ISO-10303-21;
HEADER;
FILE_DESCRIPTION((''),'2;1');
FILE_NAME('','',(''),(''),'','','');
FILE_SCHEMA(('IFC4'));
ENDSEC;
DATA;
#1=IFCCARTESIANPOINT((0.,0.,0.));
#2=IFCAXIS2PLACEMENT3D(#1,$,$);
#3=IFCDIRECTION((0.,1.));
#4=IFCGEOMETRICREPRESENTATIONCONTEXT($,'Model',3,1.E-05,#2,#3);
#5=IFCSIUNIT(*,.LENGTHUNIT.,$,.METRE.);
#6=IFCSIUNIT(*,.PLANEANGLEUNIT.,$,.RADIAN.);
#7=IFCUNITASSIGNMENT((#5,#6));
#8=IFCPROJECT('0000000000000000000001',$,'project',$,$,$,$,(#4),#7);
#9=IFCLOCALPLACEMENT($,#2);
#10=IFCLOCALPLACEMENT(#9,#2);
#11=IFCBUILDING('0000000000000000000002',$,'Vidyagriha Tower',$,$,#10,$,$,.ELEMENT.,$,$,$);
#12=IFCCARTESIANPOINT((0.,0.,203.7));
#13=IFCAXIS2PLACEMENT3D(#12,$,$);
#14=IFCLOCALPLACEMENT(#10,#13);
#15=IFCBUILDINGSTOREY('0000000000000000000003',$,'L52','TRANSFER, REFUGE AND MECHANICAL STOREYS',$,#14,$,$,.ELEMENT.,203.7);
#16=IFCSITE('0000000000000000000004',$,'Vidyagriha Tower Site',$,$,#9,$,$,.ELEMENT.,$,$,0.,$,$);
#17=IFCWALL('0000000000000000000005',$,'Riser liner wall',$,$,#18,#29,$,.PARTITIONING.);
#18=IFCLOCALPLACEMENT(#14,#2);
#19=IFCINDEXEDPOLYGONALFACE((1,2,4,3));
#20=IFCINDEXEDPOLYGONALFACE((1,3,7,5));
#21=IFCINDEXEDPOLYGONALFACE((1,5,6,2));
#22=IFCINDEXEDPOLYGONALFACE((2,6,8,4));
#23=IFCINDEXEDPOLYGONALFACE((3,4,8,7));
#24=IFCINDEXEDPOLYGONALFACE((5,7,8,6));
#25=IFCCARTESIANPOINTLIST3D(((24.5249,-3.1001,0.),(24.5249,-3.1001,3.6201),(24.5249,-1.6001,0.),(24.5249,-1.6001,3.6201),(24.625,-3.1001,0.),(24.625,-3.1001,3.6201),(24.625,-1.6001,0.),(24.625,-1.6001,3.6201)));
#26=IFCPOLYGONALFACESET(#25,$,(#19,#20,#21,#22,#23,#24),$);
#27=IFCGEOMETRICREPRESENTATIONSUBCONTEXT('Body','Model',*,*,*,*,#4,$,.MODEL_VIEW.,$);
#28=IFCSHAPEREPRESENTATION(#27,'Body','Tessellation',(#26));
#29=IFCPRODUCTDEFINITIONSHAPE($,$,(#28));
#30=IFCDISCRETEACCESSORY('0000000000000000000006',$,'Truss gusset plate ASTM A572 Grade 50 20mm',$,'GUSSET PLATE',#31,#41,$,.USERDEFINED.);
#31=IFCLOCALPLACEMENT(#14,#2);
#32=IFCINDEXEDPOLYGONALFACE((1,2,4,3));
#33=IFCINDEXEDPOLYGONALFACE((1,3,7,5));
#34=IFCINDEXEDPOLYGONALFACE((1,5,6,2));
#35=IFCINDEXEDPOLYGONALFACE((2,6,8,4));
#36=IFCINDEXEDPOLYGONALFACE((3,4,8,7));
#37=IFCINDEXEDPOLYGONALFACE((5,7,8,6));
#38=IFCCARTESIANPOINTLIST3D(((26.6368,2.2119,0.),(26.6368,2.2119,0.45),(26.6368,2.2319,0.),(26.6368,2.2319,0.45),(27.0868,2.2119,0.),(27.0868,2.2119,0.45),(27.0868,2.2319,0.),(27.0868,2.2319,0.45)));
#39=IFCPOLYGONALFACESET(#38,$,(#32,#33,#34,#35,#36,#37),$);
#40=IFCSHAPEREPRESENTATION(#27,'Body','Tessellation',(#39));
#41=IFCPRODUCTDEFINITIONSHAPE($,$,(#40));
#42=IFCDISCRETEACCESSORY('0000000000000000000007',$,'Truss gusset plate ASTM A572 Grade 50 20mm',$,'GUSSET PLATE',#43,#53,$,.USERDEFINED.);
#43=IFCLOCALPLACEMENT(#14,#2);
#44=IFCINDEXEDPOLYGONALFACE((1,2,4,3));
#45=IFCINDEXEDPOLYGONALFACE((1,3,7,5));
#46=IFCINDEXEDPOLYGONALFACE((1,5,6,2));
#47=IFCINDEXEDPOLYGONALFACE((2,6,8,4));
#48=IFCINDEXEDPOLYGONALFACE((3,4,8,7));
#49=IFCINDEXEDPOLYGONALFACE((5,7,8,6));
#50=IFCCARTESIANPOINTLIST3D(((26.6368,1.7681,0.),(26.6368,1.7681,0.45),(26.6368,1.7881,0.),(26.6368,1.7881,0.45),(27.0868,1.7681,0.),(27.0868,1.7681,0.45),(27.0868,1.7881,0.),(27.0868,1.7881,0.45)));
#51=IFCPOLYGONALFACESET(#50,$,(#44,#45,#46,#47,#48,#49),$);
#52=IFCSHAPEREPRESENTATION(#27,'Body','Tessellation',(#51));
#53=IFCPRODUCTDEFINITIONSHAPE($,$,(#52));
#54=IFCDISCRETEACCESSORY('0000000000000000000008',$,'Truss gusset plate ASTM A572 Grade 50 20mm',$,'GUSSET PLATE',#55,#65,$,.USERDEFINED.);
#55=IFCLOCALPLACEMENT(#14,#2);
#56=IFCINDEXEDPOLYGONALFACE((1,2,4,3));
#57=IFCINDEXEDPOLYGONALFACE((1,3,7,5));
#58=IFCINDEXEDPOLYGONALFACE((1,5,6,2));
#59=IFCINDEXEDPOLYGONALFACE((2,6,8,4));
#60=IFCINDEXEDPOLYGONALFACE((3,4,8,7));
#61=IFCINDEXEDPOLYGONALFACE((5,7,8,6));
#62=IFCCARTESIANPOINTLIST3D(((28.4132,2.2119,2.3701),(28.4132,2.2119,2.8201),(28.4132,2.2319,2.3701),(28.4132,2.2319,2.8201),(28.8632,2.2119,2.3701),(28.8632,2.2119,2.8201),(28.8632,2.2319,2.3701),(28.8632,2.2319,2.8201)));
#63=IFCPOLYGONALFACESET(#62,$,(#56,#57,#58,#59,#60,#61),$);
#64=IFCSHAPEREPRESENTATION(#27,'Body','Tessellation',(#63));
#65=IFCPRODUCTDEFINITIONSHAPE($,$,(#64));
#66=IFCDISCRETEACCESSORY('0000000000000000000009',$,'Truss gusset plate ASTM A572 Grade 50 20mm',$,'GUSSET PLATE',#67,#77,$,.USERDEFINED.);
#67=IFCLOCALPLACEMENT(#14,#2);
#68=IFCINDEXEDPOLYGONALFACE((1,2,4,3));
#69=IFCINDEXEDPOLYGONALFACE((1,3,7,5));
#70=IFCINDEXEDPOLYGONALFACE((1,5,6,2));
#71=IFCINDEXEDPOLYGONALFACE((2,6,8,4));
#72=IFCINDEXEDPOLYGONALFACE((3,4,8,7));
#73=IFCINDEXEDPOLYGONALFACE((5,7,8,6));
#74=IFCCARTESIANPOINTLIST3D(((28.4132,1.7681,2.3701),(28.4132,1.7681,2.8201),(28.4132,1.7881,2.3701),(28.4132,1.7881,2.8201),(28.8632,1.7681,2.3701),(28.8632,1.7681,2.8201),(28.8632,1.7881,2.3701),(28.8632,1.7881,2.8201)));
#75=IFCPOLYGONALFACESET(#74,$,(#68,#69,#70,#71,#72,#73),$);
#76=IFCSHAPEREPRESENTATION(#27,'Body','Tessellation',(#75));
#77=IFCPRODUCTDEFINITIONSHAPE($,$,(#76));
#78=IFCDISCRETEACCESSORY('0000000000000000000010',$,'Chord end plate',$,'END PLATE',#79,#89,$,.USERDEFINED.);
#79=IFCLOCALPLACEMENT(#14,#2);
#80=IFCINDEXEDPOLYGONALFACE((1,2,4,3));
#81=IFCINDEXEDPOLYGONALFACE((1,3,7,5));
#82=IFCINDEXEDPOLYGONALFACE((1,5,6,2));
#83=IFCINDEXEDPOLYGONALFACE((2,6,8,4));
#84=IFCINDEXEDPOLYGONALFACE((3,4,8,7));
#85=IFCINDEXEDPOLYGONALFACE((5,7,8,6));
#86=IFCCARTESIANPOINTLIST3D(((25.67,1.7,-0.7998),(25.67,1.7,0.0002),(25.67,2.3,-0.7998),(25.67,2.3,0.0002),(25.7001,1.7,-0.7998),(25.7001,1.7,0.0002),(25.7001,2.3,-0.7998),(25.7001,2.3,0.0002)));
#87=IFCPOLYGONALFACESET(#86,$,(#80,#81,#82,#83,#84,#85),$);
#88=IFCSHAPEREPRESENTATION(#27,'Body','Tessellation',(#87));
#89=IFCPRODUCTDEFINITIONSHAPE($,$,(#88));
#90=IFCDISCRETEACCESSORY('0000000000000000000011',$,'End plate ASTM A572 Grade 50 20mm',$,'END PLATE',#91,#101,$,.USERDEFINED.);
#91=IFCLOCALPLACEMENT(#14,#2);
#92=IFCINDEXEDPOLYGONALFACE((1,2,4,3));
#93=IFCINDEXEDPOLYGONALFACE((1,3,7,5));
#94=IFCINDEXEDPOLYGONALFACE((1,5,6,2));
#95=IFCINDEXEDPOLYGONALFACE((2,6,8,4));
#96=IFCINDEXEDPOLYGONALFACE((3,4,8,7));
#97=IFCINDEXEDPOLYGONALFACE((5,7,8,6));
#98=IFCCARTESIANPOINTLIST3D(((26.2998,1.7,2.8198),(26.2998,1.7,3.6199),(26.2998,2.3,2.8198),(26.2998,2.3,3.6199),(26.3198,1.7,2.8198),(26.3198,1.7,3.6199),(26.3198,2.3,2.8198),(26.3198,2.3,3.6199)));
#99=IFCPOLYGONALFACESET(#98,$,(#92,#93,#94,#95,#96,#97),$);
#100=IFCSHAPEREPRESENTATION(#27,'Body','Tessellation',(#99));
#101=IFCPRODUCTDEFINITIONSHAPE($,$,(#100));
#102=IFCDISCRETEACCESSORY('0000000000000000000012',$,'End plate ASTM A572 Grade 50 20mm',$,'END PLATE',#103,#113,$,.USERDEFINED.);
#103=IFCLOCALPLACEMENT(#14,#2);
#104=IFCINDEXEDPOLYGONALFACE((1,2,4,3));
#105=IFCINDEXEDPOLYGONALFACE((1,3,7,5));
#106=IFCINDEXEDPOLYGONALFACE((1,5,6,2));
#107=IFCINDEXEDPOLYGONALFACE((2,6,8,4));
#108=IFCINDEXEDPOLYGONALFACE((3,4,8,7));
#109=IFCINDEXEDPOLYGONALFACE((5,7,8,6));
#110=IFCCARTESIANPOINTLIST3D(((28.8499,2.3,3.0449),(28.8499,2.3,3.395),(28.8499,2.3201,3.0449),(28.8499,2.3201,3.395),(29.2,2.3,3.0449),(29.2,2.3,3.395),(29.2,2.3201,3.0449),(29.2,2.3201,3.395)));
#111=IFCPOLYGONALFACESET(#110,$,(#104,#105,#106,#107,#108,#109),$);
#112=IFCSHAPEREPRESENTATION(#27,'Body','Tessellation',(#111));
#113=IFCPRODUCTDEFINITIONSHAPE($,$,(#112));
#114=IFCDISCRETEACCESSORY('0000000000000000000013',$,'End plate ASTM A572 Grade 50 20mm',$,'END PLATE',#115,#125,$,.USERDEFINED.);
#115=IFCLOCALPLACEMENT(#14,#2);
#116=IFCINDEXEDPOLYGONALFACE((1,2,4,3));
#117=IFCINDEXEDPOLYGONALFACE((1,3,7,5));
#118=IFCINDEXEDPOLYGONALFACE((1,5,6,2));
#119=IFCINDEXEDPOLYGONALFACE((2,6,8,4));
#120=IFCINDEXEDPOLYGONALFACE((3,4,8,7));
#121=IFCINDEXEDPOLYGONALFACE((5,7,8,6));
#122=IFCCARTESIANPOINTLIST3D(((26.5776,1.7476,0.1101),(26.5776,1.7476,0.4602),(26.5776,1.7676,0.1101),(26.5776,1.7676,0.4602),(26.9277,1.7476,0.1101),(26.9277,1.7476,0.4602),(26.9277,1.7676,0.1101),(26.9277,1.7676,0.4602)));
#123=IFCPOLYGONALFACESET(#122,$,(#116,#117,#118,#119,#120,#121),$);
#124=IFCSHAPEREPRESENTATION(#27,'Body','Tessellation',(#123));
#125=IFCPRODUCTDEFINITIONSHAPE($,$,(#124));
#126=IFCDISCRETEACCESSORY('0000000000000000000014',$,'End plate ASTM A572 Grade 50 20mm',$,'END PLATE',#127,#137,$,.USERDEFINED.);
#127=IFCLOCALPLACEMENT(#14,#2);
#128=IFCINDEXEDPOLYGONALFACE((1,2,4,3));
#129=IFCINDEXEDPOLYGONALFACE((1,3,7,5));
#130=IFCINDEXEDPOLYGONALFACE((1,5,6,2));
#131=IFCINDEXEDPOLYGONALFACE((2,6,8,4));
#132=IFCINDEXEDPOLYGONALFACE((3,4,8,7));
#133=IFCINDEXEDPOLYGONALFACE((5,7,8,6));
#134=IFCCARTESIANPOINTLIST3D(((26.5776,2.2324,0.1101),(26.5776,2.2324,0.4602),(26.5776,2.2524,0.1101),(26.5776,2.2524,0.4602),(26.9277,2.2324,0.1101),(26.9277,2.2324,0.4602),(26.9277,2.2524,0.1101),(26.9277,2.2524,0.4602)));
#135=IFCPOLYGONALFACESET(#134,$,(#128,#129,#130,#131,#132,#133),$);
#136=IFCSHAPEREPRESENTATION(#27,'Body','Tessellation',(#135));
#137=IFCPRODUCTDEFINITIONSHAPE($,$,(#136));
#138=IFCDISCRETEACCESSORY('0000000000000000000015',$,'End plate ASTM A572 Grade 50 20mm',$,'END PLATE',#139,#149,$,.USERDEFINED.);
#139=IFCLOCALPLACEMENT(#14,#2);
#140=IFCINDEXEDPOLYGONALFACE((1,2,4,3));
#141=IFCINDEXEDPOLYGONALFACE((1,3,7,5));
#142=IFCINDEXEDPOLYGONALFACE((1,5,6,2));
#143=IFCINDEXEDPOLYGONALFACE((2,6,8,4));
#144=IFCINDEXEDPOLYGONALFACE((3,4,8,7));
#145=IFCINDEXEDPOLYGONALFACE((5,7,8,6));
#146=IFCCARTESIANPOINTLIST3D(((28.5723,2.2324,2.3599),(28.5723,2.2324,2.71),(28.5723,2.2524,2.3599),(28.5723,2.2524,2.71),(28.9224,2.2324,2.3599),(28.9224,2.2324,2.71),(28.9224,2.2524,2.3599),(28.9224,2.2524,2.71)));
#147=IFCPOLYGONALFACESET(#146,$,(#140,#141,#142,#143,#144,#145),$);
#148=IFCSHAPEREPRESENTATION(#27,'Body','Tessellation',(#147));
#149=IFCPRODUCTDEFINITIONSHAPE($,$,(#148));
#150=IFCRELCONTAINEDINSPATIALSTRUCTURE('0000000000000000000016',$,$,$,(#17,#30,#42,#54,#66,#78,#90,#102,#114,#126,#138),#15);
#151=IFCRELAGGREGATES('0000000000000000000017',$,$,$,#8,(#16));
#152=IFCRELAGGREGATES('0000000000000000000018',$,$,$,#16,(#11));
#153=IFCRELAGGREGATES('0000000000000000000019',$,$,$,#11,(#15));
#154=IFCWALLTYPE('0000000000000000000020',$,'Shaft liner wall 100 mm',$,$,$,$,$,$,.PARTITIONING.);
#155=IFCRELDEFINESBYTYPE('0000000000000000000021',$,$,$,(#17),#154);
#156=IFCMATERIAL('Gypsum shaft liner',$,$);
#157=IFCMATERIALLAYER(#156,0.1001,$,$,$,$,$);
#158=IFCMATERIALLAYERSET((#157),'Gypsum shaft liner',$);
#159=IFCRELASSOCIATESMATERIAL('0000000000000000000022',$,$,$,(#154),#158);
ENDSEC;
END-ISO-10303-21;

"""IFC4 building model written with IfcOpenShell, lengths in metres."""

from ifc_helpers import new_model, si_unit, direction, frame, frame_2d, origin, origin_2d, place, context, subcontext, project, spatial, rectangle, extrude, material, layer, layer_set, type_object, element, save


model = new_model("IFC4")

# Units and contexts
model_context = context("Model", 3, precision=1e-05, world=origin(), true_north=direction((0.0, 1.0)))
body_context = subcontext(model_context, "Body", "Model", "MODEL_VIEW")
ifc_project = project(units=[si_unit("LENGTHUNIT", "METRE"), si_unit("PLANEANGLEUNIT", "RADIAN")], contexts=[model_context])

# Site, building, storey
site_placement = place(None, origin())
site = spatial("IfcSite", under=ifc_project, at=site_placement, Name="Vidyagriha Tower Site", CompositionType="ELEMENT", RefElevation=0.0)
building_placement = place(site_placement, origin())
building = spatial("IfcBuilding", under=site, at=building_placement, Name="Vidyagriha Tower", CompositionType="ELEMENT")
storey_placement = place(building_placement, frame((0.0, 0.0, 203.7)))
storey = spatial("IfcBuildingStorey", under=building, at=storey_placement, Name="L52", Description="TRANSFER, REFUGE AND MECHANICAL STOREYS", CompositionType="ELEMENT", Elevation=203.7)

# Wall
ifc_material_1 = material(Name="Gypsum shaft liner")
ifc_layer_1 = layer(ifc_material_1, 0.1001)
ifc_layer_set_1 = layer_set([ifc_layer_1], Name="Gypsum shaft liner")
wall_type_1 = type_object("IfcWallType", Name="Shaft liner wall 100 mm", PredefinedType="PARTITIONING", material=ifc_layer_set_1)
for number, where, z_axis, x_axis, name in (
    (1, (24.575, -1.6001, 0.0), (0.0, 0.0, 1.0), (0.0, -1.0, 0.0), "Riser liner wall"),
):
    element("IfcWall", number, at=place(storey_placement, frame(where, z_axis=z_axis, x_axis=x_axis)), inside=storey, type_object=wall_type_1, Name=name, PredefinedType="PARTITIONING", context=body_context, shape_type="SweptSolid", body=[
        extrude(rectangle(XDim=1.5, YDim=0.1001, at=frame_2d((0.75, 0.0))), origin(), (0.0, 0.0, 1.0), 3.6201),
    ])

# Discrete accessories
for number, where, name in (
    (2, (26.8618, 2.2219, 0.0), "Truss gusset plate ASTM A572 Grade 50 20mm"),
    (3, (26.8618, 1.7781, 0.0), "Truss gusset plate ASTM A572 Grade 50 20mm"),
    (4, (28.6382, 2.2219, 2.3701), "Truss gusset plate ASTM A572 Grade 50 20mm"),
    (5, (28.6382, 1.7781, 2.3701), "Truss gusset plate ASTM A572 Grade 50 20mm"),
):
    element("IfcDiscreteAccessory", number, at=place(storey_placement, frame(where)), inside=storey, Name=name, ObjectType="GUSSET PLATE", PredefinedType="USERDEFINED", context=body_context, shape_type="SweptSolid", body=[
        extrude(rectangle(XDim=0.45, YDim=0.02, at=origin_2d()), origin(), (0.0, 0.0, 1.0), 0.45),
    ])
discrete_accessory_1_placement = place(storey_placement, frame((25.6851, 2.0, -0.7998), z_axis=(0.0, 0.0, 1.0), x_axis=(-1.0, 0.0, 0.0)))
element("IfcDiscreteAccessory", 6, at=discrete_accessory_1_placement, inside=storey, Name="Chord end plate", ObjectType="END PLATE", PredefinedType="USERDEFINED", context=body_context, shape_type="SweptSolid", body=[
    extrude(rectangle(XDim=0.03, YDim=0.6001, at=origin_2d()), origin(), (0.0, 0.0, 1.0), 0.8),
])
discrete_accessory_2_placement = place(storey_placement, frame((26.3098, 2.0, 2.8198), z_axis=(0.0, 0.0, 1.0), x_axis=(-1.0, 0.0, 0.0)))
element("IfcDiscreteAccessory", 7, at=discrete_accessory_2_placement, inside=storey, Name="End plate ASTM A572 Grade 50 20mm", ObjectType="END PLATE", PredefinedType="USERDEFINED", context=body_context, shape_type="SweptSolid", body=[
    extrude(rectangle(XDim=0.02, YDim=0.6001, at=origin_2d()), origin(), (0.0, 0.0, 1.0), 0.8),
])
discrete_accessory_3_placement = place(storey_placement, frame((29.0249, 2.3101, 3.0449)))
element("IfcDiscreteAccessory", 8, at=discrete_accessory_3_placement, inside=storey, Name="End plate ASTM A572 Grade 50 20mm", ObjectType="END PLATE", PredefinedType="USERDEFINED", context=body_context, shape_type="SweptSolid", body=[
    extrude(rectangle(XDim=0.3501, YDim=0.02, at=origin_2d()), origin(), (0.0, 0.0, 1.0), 0.3501),
])
for number, where, z_axis, x_axis, name in (
    (9, (26.7527, 1.7576, 0.1101), (0.0, 0.0, 1.0), (-1.0, 0.0, 0.0), "End plate ASTM A572 Grade 50 20mm"),
    (10, (26.7527, 2.2424, 0.1101), (0.0, 0.0, 1.0), (-1.0, 0.0, 0.0), "End plate ASTM A572 Grade 50 20mm"),
):
    element("IfcDiscreteAccessory", number, at=place(storey_placement, frame(where, z_axis=z_axis, x_axis=x_axis)), inside=storey, Name=name, ObjectType="END PLATE", PredefinedType="USERDEFINED", context=body_context, shape_type="SweptSolid", body=[
        extrude(rectangle(XDim=0.3501, YDim=0.02, at=origin_2d()), origin(), (0.0, 0.0, 1.0), 0.3501),
    ])
discrete_accessory_4_placement = place(storey_placement, frame((28.7473, 2.2424, 2.3599)))
element("IfcDiscreteAccessory", 11, at=discrete_accessory_4_placement, inside=storey, Name="End plate ASTM A572 Grade 50 20mm", ObjectType="END PLATE", PredefinedType="USERDEFINED", context=body_context, shape_type="SweptSolid", body=[
    extrude(rectangle(XDim=0.3501, YDim=0.02, at=origin_2d()), origin(), (0.0, 0.0, 1.0), 0.3501),
])

save(model, "model.ifc")
